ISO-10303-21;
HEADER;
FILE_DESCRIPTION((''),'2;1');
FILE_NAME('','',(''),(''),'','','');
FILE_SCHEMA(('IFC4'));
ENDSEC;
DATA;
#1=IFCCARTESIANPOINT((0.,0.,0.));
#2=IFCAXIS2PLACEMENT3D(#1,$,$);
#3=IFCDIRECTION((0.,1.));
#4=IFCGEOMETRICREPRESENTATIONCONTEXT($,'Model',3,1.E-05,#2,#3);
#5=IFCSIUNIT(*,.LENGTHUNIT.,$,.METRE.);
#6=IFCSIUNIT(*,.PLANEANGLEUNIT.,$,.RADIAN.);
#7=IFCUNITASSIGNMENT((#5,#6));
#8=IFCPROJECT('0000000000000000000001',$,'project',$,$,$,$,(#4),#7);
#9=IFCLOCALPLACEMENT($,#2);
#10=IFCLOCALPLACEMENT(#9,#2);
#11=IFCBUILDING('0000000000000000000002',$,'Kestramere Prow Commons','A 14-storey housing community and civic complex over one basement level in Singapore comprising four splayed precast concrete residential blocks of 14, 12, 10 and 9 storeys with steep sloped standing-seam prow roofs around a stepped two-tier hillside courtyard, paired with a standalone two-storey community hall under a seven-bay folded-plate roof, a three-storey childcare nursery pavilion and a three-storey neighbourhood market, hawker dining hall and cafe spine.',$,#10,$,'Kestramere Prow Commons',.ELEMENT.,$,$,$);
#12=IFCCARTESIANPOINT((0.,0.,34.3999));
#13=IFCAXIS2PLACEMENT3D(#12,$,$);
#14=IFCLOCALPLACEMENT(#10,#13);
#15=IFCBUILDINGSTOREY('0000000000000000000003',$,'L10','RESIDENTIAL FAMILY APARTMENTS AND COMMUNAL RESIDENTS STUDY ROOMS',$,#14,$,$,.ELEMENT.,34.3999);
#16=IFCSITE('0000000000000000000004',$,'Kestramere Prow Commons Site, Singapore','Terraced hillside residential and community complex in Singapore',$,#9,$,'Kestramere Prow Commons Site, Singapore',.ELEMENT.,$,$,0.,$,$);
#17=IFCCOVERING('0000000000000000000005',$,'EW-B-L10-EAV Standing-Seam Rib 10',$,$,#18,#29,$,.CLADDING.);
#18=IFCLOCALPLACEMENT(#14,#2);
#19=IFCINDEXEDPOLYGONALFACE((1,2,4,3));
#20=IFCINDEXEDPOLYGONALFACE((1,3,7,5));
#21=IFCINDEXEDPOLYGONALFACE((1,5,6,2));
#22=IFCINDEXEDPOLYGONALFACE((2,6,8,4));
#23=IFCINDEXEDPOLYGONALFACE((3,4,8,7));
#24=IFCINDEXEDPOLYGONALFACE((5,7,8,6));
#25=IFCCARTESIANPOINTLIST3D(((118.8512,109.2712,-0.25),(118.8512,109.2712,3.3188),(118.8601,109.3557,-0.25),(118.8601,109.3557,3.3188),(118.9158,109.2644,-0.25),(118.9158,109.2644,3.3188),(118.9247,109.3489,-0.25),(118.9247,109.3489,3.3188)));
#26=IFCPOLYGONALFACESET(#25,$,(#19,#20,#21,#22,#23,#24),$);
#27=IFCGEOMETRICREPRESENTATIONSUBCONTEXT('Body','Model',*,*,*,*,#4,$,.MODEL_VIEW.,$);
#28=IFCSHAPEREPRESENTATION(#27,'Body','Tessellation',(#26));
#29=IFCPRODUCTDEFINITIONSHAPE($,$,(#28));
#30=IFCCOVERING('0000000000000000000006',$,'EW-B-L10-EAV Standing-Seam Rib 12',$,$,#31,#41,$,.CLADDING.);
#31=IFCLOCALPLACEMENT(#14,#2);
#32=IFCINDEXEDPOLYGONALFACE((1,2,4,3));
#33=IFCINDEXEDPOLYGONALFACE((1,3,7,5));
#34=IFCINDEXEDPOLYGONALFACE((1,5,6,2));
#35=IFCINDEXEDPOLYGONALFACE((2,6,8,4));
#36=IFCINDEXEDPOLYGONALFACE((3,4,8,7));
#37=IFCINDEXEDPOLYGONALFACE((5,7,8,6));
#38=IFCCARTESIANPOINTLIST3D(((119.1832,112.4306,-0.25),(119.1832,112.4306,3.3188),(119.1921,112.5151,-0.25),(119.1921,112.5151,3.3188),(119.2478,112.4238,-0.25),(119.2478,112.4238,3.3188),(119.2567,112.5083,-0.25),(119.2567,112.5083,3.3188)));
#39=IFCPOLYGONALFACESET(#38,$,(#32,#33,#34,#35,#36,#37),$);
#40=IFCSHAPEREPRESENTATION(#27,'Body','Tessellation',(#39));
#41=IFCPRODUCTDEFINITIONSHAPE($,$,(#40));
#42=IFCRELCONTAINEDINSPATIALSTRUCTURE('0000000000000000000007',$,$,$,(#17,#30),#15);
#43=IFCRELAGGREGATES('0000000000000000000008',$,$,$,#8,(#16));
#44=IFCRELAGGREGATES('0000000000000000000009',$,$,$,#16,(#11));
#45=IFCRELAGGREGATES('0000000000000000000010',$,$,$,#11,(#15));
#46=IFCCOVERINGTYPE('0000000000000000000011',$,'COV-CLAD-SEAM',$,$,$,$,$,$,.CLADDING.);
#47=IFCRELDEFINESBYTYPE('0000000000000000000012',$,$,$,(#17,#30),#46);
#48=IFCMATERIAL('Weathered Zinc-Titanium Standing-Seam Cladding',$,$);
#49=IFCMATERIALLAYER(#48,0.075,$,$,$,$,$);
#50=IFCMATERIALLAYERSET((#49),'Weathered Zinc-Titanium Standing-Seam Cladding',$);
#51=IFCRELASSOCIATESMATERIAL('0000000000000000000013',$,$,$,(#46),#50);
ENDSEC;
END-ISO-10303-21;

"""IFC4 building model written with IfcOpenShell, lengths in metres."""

from ifc_helpers import new_model, si_unit, direction, frame, origin, origin_2d, place, context, subcontext, project, spatial, rectangle, extrude, material, layer, layer_set, type_object, element, save


model = new_model("IFC4")

# Units and contexts
model_context = context("Model", 3, precision=1e-05, world=origin(), true_north=direction((0.0, 1.0)))
body_context = subcontext(model_context, "Body", "Model", "MODEL_VIEW")
ifc_project = project(units=[si_unit("LENGTHUNIT", "METRE"), si_unit("PLANEANGLEUNIT", "RADIAN")], contexts=[model_context])

# Site, building, storey
site_placement = place(None, origin())
site = spatial("IfcSite", under=ifc_project, at=site_placement, Name="Kestramere Prow Commons Site, Singapore", Description="Terraced hillside residential and community complex in Singapore", LongName="Kestramere Prow Commons Site, Singapore", CompositionType="ELEMENT", RefElevation=0.0)
building_placement = place(site_placement, origin())
building = spatial("IfcBuilding", under=site, at=building_placement, Name="Kestramere Prow Commons", Description="A 14-storey housing community and civic complex over one basement level in Singapore comprising four splayed precast concrete residential blocks of 14, 12, 10 and 9 storeys with steep sloped standing-seam prow roofs around a stepped two-tier hillside courtyard, paired with a standalone two-storey community hall under a seven-bay folded-plate roof, a three-storey childcare nursery pavilion and a three-storey neighbourhood market, hawker dining hall and cafe spine.", LongName="Kestramere Prow Commons", CompositionType="ELEMENT")
storey_placement = place(building_placement, frame((0.0, 0.0, 34.3999)))
storey = spatial("IfcBuildingStorey", under=building, at=storey_placement, Name="L10", Description="RESIDENTIAL FAMILY APARTMENTS AND COMMUNAL RESIDENTS STUDY ROOMS", CompositionType="ELEMENT", Elevation=34.3999)

# Coverings
ifc_material_1 = material(Name="Weathered Zinc-Titanium Standing-Seam Cladding")
ifc_layer_1 = layer(ifc_material_1, 0.075)
ifc_layer_set_1 = layer_set([ifc_layer_1], Name="Weathered Zinc-Titanium Standing-Seam Cladding")
covering_type = type_object("IfcCoveringType", Name="COV-CLAD-SEAM", PredefinedType="CLADDING", material=ifc_layer_set_1)
for number, where, z_axis, x_axis, name in (
    (1, (118.8879, 109.3101, -0.25), (0.0, 0.0, 1.0), (0.104528, 0.994522, 0.0), "EW-B-L10-EAV Standing-Seam Rib 10"),
    (2, (119.22, 112.4695, -0.25), (0.0, 0.0, 1.0), (0.104528, 0.994522, 0.0), "EW-B-L10-EAV Standing-Seam Rib 12"),
):
    element("IfcCovering", number, at=place(storey_placement, frame(where, z_axis=z_axis, x_axis=x_axis)), inside=storey, type_object=covering_type, Name=name, PredefinedType="CLADDING", context=body_context, shape_type="SweptSolid", body=[
        extrude(rectangle(XDim=0.085, YDim=0.0649, at=origin_2d()), origin(), (0.0, 0.0, 1.0), 3.5688),
    ])

save(model, "model.ifc")
